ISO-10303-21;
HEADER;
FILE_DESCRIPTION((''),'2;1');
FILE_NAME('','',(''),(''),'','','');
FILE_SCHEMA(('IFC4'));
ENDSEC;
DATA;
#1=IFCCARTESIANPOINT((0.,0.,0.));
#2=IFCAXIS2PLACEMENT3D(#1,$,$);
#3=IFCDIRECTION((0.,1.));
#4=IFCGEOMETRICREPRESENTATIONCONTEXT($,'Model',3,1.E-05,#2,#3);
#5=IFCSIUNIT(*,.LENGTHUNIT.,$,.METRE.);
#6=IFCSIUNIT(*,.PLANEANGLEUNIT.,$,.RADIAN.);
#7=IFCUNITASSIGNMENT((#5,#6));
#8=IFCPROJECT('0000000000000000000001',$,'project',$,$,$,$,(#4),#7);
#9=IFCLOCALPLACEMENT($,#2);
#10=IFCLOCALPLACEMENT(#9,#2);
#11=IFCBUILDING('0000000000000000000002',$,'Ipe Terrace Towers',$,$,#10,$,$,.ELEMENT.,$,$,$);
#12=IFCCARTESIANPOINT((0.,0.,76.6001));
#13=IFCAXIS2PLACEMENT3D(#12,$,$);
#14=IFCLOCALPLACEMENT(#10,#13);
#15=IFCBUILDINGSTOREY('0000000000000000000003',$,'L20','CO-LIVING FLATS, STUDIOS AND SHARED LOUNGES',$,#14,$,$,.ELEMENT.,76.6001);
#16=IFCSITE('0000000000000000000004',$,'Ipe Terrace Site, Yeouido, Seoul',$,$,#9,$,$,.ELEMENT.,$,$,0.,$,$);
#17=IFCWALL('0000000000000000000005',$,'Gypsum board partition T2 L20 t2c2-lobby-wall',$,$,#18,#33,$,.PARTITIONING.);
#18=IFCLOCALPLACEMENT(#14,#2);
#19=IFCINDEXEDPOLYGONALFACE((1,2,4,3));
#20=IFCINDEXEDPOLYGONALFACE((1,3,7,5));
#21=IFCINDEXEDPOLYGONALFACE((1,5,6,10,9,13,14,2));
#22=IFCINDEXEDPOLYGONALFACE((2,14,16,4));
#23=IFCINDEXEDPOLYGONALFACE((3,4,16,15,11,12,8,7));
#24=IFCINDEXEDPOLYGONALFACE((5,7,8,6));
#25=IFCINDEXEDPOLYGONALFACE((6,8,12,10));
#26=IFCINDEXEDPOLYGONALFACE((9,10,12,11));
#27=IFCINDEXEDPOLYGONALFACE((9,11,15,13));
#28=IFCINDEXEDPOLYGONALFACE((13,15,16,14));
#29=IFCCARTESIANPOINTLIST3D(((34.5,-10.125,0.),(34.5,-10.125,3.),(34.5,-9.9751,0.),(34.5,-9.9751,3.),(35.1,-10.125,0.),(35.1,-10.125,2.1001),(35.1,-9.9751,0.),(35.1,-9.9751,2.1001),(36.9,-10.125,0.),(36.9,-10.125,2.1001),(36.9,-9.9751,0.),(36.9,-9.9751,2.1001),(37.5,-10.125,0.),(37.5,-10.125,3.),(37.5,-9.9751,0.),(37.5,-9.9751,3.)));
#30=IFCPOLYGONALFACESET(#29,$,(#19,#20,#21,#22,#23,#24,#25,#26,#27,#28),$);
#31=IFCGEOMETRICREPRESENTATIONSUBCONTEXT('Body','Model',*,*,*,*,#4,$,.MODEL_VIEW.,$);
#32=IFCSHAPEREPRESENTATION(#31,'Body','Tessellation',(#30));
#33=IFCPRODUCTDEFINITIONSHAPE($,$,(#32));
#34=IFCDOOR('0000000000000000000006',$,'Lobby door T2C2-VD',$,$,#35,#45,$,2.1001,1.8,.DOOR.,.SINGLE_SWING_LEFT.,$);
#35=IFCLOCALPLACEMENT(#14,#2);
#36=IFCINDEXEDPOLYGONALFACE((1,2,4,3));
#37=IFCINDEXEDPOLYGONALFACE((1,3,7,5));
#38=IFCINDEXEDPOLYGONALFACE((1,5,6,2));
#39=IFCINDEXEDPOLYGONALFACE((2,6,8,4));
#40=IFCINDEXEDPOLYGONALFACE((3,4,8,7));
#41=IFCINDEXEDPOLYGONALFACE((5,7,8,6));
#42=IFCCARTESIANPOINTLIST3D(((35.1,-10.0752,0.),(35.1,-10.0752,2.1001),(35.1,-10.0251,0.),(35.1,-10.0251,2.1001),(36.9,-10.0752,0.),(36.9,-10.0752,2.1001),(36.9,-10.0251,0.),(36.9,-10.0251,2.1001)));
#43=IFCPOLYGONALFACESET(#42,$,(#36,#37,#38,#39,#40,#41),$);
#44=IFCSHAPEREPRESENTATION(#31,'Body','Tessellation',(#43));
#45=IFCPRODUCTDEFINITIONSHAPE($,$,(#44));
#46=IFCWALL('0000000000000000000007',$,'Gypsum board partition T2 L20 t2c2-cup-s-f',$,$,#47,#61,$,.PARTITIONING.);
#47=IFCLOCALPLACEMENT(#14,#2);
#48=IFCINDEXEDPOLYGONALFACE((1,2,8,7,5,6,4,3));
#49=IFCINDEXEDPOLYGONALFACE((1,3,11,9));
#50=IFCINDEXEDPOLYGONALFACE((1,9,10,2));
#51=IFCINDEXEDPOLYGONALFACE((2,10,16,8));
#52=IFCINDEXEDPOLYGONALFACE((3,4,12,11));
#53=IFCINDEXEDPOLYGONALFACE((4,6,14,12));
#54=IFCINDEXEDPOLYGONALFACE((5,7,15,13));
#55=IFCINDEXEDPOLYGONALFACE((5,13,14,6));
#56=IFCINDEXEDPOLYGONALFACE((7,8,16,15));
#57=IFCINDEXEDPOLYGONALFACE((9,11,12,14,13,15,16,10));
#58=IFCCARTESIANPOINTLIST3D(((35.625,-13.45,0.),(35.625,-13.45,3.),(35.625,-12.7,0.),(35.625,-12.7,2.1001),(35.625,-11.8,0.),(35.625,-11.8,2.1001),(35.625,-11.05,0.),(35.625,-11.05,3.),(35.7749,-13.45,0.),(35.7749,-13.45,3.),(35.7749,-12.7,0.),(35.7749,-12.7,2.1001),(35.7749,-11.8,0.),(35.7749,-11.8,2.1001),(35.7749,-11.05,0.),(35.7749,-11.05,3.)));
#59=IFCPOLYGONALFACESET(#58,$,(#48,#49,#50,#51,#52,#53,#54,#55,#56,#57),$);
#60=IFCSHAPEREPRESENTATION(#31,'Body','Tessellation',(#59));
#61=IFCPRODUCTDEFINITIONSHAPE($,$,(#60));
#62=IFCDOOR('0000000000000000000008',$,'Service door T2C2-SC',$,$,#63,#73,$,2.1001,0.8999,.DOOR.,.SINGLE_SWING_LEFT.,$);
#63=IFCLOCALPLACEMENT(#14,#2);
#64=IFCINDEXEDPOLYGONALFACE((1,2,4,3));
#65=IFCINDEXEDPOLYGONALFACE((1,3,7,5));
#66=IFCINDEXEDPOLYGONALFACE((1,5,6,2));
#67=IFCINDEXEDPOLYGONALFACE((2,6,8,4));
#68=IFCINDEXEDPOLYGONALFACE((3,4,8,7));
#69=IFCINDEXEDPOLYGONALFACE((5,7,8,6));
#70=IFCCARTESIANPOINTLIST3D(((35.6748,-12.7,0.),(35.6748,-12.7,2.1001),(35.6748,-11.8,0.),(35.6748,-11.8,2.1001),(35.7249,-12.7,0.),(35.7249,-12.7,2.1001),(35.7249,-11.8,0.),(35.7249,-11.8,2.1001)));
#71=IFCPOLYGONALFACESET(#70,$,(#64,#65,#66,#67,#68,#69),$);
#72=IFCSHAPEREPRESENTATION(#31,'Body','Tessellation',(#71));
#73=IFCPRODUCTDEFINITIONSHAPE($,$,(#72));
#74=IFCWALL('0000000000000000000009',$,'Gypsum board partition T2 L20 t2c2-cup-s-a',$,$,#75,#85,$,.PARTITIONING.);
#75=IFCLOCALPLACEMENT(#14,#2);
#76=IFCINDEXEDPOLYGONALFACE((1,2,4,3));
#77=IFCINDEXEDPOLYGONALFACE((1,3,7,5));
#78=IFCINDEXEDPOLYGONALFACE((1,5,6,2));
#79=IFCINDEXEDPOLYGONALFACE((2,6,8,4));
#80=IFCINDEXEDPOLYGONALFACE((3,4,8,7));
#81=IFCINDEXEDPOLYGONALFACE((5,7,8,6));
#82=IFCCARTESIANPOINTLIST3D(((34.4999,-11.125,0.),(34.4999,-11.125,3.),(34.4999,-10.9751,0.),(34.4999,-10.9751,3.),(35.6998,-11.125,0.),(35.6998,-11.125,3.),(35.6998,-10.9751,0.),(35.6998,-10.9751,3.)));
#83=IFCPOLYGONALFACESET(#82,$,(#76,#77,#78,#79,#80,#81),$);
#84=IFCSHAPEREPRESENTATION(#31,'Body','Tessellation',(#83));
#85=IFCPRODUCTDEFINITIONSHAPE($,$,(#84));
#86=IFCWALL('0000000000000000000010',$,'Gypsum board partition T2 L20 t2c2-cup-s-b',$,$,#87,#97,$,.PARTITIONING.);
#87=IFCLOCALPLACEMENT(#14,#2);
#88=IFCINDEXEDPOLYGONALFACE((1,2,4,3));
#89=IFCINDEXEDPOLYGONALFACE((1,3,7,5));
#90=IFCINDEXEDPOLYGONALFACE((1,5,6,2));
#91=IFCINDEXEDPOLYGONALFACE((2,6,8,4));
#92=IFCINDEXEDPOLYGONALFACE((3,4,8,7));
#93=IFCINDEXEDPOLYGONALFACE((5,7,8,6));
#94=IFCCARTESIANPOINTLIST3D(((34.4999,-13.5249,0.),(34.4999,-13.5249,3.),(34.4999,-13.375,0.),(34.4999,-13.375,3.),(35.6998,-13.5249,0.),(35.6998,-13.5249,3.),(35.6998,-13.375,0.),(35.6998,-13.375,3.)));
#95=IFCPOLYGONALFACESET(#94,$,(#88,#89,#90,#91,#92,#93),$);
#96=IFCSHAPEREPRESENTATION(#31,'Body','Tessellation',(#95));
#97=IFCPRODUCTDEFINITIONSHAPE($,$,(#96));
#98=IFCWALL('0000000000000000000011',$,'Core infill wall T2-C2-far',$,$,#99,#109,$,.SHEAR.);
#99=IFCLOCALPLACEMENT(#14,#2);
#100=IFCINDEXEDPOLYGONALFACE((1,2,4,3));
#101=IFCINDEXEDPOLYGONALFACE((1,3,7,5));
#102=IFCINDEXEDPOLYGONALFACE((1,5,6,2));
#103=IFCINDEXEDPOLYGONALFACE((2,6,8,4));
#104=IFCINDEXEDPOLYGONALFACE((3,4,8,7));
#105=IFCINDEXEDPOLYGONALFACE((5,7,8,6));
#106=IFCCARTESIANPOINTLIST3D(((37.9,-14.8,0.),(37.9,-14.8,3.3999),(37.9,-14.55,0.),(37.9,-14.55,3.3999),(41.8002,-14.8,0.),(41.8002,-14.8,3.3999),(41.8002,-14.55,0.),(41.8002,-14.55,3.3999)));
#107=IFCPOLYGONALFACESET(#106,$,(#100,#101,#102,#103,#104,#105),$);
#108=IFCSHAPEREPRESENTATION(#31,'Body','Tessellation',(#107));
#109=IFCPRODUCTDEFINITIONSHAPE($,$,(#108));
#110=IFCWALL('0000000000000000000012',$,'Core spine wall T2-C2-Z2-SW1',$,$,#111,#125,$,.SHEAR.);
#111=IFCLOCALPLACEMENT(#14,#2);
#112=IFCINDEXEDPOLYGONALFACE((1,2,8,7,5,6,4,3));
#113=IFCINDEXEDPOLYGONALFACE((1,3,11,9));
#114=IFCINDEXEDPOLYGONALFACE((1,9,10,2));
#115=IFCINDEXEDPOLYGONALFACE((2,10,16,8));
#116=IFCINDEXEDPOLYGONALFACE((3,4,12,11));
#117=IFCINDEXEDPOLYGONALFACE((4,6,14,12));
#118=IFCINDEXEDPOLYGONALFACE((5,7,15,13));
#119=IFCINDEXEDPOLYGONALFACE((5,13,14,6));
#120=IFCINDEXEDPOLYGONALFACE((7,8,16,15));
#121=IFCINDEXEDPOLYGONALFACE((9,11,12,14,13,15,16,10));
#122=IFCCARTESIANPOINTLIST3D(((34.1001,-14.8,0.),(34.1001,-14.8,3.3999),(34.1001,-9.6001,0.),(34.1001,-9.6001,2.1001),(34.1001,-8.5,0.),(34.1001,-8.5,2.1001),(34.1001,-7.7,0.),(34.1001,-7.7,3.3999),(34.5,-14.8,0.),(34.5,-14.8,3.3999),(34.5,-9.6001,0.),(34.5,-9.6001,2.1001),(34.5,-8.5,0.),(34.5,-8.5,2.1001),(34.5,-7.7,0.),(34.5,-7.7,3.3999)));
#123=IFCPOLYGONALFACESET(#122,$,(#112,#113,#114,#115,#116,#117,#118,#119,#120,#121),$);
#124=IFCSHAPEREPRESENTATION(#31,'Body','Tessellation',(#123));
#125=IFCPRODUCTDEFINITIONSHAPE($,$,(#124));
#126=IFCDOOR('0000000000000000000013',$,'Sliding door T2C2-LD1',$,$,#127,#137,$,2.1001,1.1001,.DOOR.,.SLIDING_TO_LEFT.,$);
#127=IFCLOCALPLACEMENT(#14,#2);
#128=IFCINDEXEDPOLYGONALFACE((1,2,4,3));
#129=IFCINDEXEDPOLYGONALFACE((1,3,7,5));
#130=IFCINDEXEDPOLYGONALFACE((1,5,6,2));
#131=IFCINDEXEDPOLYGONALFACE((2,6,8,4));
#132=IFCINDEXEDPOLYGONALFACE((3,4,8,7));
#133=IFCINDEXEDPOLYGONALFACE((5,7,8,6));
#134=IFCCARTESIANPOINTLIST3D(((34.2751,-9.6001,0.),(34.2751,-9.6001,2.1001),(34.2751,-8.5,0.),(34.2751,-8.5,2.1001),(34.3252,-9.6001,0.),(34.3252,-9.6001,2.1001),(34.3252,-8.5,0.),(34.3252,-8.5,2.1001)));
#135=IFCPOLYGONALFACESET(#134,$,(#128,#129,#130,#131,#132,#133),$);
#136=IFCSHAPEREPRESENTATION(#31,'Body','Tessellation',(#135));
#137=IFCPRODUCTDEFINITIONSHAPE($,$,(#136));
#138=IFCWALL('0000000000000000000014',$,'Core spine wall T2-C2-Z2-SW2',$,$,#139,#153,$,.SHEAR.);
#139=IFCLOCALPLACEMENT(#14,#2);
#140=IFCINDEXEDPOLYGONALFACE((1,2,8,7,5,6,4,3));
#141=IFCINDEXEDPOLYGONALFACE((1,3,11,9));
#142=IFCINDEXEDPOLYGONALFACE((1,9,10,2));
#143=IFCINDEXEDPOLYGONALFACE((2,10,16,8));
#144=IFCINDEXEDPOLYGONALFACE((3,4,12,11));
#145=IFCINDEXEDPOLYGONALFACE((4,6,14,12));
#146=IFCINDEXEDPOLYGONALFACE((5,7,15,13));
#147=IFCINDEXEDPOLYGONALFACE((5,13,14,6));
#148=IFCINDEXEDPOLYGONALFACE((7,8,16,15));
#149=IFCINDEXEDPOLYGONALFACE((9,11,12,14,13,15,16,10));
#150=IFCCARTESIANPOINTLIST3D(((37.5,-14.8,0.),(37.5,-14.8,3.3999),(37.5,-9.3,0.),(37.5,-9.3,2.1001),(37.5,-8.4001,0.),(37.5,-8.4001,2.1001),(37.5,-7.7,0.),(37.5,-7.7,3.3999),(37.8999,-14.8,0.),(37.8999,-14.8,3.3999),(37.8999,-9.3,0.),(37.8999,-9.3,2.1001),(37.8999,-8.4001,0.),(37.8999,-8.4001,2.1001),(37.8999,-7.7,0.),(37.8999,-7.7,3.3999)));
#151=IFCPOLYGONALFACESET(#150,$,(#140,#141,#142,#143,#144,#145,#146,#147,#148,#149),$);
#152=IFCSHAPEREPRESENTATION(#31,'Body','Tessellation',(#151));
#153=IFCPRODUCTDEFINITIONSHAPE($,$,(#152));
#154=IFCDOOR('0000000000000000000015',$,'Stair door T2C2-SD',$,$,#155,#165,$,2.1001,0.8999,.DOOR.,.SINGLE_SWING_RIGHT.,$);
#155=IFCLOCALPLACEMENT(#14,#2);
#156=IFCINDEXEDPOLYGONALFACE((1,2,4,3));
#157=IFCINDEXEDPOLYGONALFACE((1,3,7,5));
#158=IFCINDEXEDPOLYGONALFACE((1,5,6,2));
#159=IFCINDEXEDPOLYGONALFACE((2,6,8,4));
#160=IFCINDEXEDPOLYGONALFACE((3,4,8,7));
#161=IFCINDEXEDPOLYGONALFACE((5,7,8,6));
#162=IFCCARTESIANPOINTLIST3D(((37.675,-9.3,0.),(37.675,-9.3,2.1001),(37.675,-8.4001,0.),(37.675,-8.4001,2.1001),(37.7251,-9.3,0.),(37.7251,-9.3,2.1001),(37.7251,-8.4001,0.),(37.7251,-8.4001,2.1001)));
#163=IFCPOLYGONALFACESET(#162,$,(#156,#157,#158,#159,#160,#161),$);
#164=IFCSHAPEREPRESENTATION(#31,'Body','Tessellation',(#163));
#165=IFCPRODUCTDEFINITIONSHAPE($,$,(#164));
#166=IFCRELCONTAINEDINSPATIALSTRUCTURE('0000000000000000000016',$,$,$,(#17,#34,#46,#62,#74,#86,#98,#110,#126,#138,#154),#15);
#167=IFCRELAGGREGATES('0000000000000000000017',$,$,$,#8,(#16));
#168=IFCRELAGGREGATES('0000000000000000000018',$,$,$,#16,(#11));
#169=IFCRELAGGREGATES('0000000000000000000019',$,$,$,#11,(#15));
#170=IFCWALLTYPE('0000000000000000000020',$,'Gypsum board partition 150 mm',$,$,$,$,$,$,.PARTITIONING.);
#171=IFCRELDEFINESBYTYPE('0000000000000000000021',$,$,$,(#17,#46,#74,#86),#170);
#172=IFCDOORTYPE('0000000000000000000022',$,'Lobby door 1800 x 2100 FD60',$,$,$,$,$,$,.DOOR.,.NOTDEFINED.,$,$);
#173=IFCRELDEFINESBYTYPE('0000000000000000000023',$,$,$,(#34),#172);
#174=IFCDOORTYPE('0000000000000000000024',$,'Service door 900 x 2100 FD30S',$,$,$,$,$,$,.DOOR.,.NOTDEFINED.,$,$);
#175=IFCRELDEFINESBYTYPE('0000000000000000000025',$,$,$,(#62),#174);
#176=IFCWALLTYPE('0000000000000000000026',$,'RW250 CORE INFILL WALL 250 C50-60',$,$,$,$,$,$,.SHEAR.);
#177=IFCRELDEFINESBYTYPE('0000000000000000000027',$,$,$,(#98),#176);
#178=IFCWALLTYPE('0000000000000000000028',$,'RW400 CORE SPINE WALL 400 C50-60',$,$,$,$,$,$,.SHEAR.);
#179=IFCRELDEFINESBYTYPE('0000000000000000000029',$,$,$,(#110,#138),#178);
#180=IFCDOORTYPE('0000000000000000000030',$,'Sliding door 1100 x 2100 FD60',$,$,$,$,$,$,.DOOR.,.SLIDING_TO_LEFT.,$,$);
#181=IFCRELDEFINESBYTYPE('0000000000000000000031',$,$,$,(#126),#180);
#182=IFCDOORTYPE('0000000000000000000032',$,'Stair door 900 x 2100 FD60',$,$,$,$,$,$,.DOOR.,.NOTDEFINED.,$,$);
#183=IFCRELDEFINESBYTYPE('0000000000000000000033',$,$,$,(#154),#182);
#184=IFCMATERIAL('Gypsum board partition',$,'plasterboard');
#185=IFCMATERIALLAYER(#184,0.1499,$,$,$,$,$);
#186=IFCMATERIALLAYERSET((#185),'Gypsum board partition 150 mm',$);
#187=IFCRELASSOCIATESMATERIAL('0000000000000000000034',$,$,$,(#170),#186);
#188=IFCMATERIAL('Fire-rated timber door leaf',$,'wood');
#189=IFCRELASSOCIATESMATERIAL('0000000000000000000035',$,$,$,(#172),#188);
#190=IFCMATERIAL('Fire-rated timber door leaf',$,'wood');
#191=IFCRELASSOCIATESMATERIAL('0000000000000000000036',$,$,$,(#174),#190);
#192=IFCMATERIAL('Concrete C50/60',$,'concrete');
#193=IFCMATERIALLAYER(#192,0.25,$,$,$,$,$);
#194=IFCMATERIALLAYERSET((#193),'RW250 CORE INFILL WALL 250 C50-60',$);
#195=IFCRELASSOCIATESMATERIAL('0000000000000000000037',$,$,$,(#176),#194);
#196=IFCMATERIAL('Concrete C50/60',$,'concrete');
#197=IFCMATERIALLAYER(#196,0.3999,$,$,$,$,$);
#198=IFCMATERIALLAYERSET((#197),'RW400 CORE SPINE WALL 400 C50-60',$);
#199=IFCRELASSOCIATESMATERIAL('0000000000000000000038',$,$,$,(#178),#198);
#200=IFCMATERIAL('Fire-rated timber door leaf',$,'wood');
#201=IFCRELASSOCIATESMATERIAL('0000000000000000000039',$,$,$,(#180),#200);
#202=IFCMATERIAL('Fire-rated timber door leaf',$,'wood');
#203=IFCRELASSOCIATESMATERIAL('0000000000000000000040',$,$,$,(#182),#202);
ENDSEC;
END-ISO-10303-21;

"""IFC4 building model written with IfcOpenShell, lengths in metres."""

from ifc_helpers import new_model, si_unit, direction, frame, frame_2d, origin, place, context, subcontext, project, spatial, rectangle, extrude, material, layer, layer_set, type_object, element, fill, save


model = new_model("IFC4")

# Units and contexts
model_context = context("Model", 3, precision=1e-05, world=origin(), true_north=direction((0.0, 1.0)))
body_context = subcontext(model_context, "Body", "Model", "MODEL_VIEW")
ifc_project = project(units=[si_unit("LENGTHUNIT", "METRE"), si_unit("PLANEANGLEUNIT", "RADIAN")], contexts=[model_context])

# Site, building, storey
site_placement = place(None, origin())
site = spatial("IfcSite", under=ifc_project, at=site_placement, Name="Ipe Terrace Site, Yeouido, Seoul", CompositionType="ELEMENT", RefElevation=0.0)
building_placement = place(site_placement, origin())
building = spatial("IfcBuilding", under=site, at=building_placement, Name="Ipe Terrace Towers", CompositionType="ELEMENT")
storey_placement = place(building_placement, frame((0.0, 0.0, 76.6001)))
storey = spatial("IfcBuildingStorey", under=building, at=storey_placement, Name="L20", Description="CO-LIVING FLATS, STUDIOS AND SHARED LOUNGES", CompositionType="ELEMENT", Elevation=76.6001)

# Walls, openings, doors
ifc_material_1 = material(Name="Gypsum board partition", Category="plasterboard")
ifc_layer_1 = layer(ifc_material_1, 0.1499)
ifc_layer_set_1 = layer_set([ifc_layer_1], Name="Gypsum board partition 150 mm")
wall_type_1 = type_object("IfcWallType", Name="Gypsum board partition 150 mm", PredefinedType="PARTITIONING", material=ifc_layer_set_1)
wall_1_placement = place(storey_placement, frame((34.5, -10.05, 0.0), z_axis=(0.0, 0.0, 1.0), x_axis=(1.0, 0.0, 0.0)))
wall_1 = element("IfcWall", 1, at=wall_1_placement, inside=storey, type_object=wall_type_1, Name="Gypsum board partition T2 L20 t2c2-lobby-wall", PredefinedType="PARTITIONING", context=body_context, shape_type="SweptSolid", body=[
    extrude(rectangle(XDim=3.0, YDim=0.1499, at=frame_2d((1.5, 0.0))), origin(), (0.0, 0.0, 1.0), 3.0),
])
opening_1_placement = place(wall_1_placement, frame((0.6001, 0.0, 0.0)))
opening_1 = element("IfcOpeningElement", 2, at=opening_1_placement, cuts=wall_1, PredefinedType="OPENING", context=body_context, shape_type="SweptSolid", body=[
    extrude(rectangle(XDim=1.8, YDim=2.1001, at=frame_2d((0.8999, 1.05))), frame((0.0, 0.085, 0.0), z_axis=(0.0, -1.0, 0.0), x_axis=(1.0, 0.0, 0.0)), (0.0, 0.0, 1.0), 0.1699),
])
ifc_material_2 = material(Name="Fire-rated timber door leaf", Category="wood")
door_type_1 = type_object("IfcDoorType", Name="Lobby door 1800 x 2100 FD60", OperationType="NOTDEFINED", PredefinedType="DOOR", material=ifc_material_2)
door_1_placement = place(opening_1_placement, origin())
door_1 = element("IfcDoor", 3, at=door_1_placement, inside=storey, type_object=door_type_1, Name="Lobby door T2C2-VD", OperationType="SINGLE_SWING_LEFT", OverallHeight=2.1001, OverallWidth=1.8, PredefinedType="DOOR", context=body_context, shape_type="SweptSolid", body=[
    extrude(rectangle(XDim=1.8, YDim=2.1001, at=frame_2d((0.8999, 1.05))), frame((0.0, 0.0249, 0.0), z_axis=(0.0, -1.0, 0.0), x_axis=(1.0, 0.0, 0.0)), (0.0, 0.0, 1.0), 0.05),
])
fill(opening_1, door_1)
wall_2_placement = place(storey_placement, frame((35.7, -11.05, 0.0), z_axis=(0.0, 0.0, 1.0), x_axis=(0.0, -1.0, 0.0)))
wall_2 = element("IfcWall", 4, at=wall_2_placement, inside=storey, type_object=wall_type_1, Name="Gypsum board partition T2 L20 t2c2-cup-s-f", PredefinedType="PARTITIONING", context=body_context, shape_type="SweptSolid", body=[
    extrude(rectangle(XDim=2.3999, YDim=0.1499, at=frame_2d((1.2, 0.0))), origin(), (0.0, 0.0, 1.0), 3.0),
])
opening_2_placement = place(wall_2_placement, frame((0.75, 0.0, 0.0)))
opening_2 = element("IfcOpeningElement", 5, at=opening_2_placement, cuts=wall_2, PredefinedType="OPENING", context=body_context, shape_type="SweptSolid", body=[
    extrude(rectangle(XDim=0.8999, YDim=2.1001, at=frame_2d((0.45, 1.05))), frame((0.0, 0.085, 0.0), z_axis=(0.0, -1.0, 0.0), x_axis=(1.0, 0.0, 0.0)), (0.0, 0.0, 1.0), 0.1699),
])
ifc_material_3 = material(Name="Fire-rated timber door leaf", Category="wood")
door_type_2 = type_object("IfcDoorType", Name="Service door 900 x 2100 FD30S", OperationType="NOTDEFINED", PredefinedType="DOOR", material=ifc_material_3)
door_2_placement = place(opening_2_placement, origin())
door_2 = element("IfcDoor", 6, at=door_2_placement, inside=storey, type_object=door_type_2, Name="Service door T2C2-SC", OperationType="SINGLE_SWING_LEFT", OverallHeight=2.1001, OverallWidth=0.8999, PredefinedType="DOOR", context=body_context, shape_type="SweptSolid", body=[
    extrude(rectangle(XDim=0.8999, YDim=2.1001, at=frame_2d((0.45, 1.05))), frame((0.0, 0.0249, 0.0), z_axis=(0.0, -1.0, 0.0), x_axis=(1.0, 0.0, 0.0)), (0.0, 0.0, 1.0), 0.05),
])
fill(opening_2, door_2)

# Walls
for number, where, z_axis, x_axis, name in (
    (7, (35.7, -11.05, 0.0), (0.0, 0.0, 1.0), (-1.0, 0.0, 0.0), "Gypsum board partition T2 L20 t2c2-cup-s-a"),
    (8, (35.7, -13.45, 0.0), (0.0, 0.0, 1.0), (-1.0, 0.0, 0.0), "Gypsum board partition T2 L20 t2c2-cup-s-b"),
):
    element("IfcWall", number, at=place(storey_placement, frame(where, z_axis=z_axis, x_axis=x_axis)), inside=storey, type_object=wall_type_1, Name=name, PredefinedType="PARTITIONING", context=body_context, shape_type="SweptSolid", body=[
        extrude(rectangle(XDim=1.2, YDim=0.1499, at=frame_2d((0.6001, 0.0))), origin(), (0.0, 0.0, 1.0), 3.0),
    ])
ifc_material_4 = material(Name="Concrete C50/60", Category="concrete")
ifc_layer_2 = layer(ifc_material_4, 0.25)
ifc_layer_set_2 = layer_set([ifc_layer_2], Name="RW250 CORE INFILL WALL 250 C50-60")
wall_type_2 = type_object("IfcWallType", Name="RW250 CORE INFILL WALL 250 C50-60", PredefinedType="SHEAR", material=ifc_layer_set_2)
wall_3_placement = place(storey_placement, frame((37.8999, -14.675, 0.0), z_axis=(0.0, 0.0, 1.0), x_axis=(1.0, 0.0, 0.0)))
element("IfcWall", 9, at=wall_3_placement, inside=storey, type_object=wall_type_2, Name="Core infill wall T2-C2-far", PredefinedType="SHEAR", context=body_context, shape_type="SweptSolid", body=[
    extrude(rectangle(XDim=3.9001, YDim=0.25, at=frame_2d((1.9502, 0.0))), origin(), (0.0, 0.0, 1.0), 3.3999),
])

# Walls, openings, doors
ifc_material_5 = material(Name="Concrete C50/60", Category="concrete")
ifc_layer_3 = layer(ifc_material_5, 0.3999)
ifc_layer_set_3 = layer_set([ifc_layer_3], Name="RW400 CORE SPINE WALL 400 C50-60")
wall_type_3 = type_object("IfcWallType", Name="RW400 CORE SPINE WALL 400 C50-60", PredefinedType="SHEAR", material=ifc_layer_set_3)
wall_4_placement = place(storey_placement, frame((34.3, -14.8, 0.0), z_axis=(0.0, 0.0, 1.0), x_axis=(0.0, 1.0, 0.0)))
wall_4 = element("IfcWall", 10, at=wall_4_placement, inside=storey, type_object=wall_type_3, Name="Core spine wall T2-C2-Z2-SW1", PredefinedType="SHEAR", context=body_context, shape_type="SweptSolid", body=[
    extrude(rectangle(XDim=7.1001, YDim=0.3999, at=frame_2d((3.55, 0.0))), origin(), (0.0, 0.0, 1.0), 3.3999),
])
opening_3_placement = place(wall_4_placement, frame((5.2, 0.0, 0.0)))
opening_3 = element("IfcOpeningElement", 11, at=opening_3_placement, cuts=wall_4, PredefinedType="OPENING", context=body_context, shape_type="SweptSolid", body=[
    extrude(rectangle(XDim=1.1001, YDim=2.1001, at=frame_2d((0.55, 1.05))), frame((0.0, 0.21, 0.0), z_axis=(0.0, -1.0, 0.0), x_axis=(1.0, 0.0, 0.0)), (0.0, 0.0, 1.0), 0.4199),
])
ifc_material_6 = material(Name="Fire-rated timber door leaf", Category="wood")
door_type_3 = type_object("IfcDoorType", Name="Sliding door 1100 x 2100 FD60", OperationType="SLIDING_TO_LEFT", PredefinedType="DOOR", material=ifc_material_6)
door_3_placement = place(opening_3_placement, origin())
door_3 = element("IfcDoor", 12, at=door_3_placement, inside=storey, type_object=door_type_3, Name="Sliding door T2C2-LD1", OperationType="SLIDING_TO_LEFT", OverallHeight=2.1001, OverallWidth=1.1001, PredefinedType="DOOR", context=body_context, shape_type="SweptSolid", body=[
    extrude(rectangle(XDim=1.1001, YDim=2.1001, at=frame_2d((0.55, 1.05))), frame((0.0, 0.0249, 0.0), z_axis=(0.0, -1.0, 0.0), x_axis=(1.0, 0.0, 0.0)), (0.0, 0.0, 1.0), 0.05),
])
fill(opening_3, door_3)
wall_5_placement = place(storey_placement, frame((37.7, -14.8, 0.0), z_axis=(0.0, 0.0, 1.0), x_axis=(0.0, 1.0, 0.0)))
wall_5 = element("IfcWall", 13, at=wall_5_placement, inside=storey, type_object=wall_type_3, Name="Core spine wall T2-C2-Z2-SW2", PredefinedType="SHEAR", context=body_context, shape_type="SweptSolid", body=[
    extrude(rectangle(XDim=7.1001, YDim=0.3999, at=frame_2d((3.55, 0.0))), origin(), (0.0, 0.0, 1.0), 3.3999),
])
opening_4_placement = place(wall_5_placement, frame((5.5, 0.0, 0.0)))
opening_4 = element("IfcOpeningElement", 14, at=opening_4_placement, cuts=wall_5, PredefinedType="OPENING", context=body_context, shape_type="SweptSolid", body=[
    extrude(rectangle(XDim=0.8999, YDim=2.1001, at=frame_2d((0.45, 1.05))), frame((0.0, 0.21, 0.0), z_axis=(0.0, -1.0, 0.0), x_axis=(1.0, 0.0, 0.0)), (0.0, 0.0, 1.0), 0.4199),
])
ifc_material_7 = material(Name="Fire-rated timber door leaf", Category="wood")
door_type_4 = type_object("IfcDoorType", Name="Stair door 900 x 2100 FD60", OperationType="NOTDEFINED", PredefinedType="DOOR", material=ifc_material_7)
door_4_placement = place(opening_4_placement, origin())
door_4 = element("IfcDoor", 15, at=door_4_placement, inside=storey, type_object=door_type_4, Name="Stair door T2C2-SD", OperationType="SINGLE_SWING_RIGHT", OverallHeight=2.1001, OverallWidth=0.8999, PredefinedType="DOOR", context=body_context, shape_type="SweptSolid", body=[
    extrude(rectangle(XDim=0.8999, YDim=2.1001, at=frame_2d((0.45, 1.05))), frame((0.0, 0.0249, 0.0), z_axis=(0.0, -1.0, 0.0), x_axis=(1.0, 0.0, 0.0)), (0.0, 0.0, 1.0), 0.05),
])
fill(opening_4, door_4)

save(model, "model.ifc")
